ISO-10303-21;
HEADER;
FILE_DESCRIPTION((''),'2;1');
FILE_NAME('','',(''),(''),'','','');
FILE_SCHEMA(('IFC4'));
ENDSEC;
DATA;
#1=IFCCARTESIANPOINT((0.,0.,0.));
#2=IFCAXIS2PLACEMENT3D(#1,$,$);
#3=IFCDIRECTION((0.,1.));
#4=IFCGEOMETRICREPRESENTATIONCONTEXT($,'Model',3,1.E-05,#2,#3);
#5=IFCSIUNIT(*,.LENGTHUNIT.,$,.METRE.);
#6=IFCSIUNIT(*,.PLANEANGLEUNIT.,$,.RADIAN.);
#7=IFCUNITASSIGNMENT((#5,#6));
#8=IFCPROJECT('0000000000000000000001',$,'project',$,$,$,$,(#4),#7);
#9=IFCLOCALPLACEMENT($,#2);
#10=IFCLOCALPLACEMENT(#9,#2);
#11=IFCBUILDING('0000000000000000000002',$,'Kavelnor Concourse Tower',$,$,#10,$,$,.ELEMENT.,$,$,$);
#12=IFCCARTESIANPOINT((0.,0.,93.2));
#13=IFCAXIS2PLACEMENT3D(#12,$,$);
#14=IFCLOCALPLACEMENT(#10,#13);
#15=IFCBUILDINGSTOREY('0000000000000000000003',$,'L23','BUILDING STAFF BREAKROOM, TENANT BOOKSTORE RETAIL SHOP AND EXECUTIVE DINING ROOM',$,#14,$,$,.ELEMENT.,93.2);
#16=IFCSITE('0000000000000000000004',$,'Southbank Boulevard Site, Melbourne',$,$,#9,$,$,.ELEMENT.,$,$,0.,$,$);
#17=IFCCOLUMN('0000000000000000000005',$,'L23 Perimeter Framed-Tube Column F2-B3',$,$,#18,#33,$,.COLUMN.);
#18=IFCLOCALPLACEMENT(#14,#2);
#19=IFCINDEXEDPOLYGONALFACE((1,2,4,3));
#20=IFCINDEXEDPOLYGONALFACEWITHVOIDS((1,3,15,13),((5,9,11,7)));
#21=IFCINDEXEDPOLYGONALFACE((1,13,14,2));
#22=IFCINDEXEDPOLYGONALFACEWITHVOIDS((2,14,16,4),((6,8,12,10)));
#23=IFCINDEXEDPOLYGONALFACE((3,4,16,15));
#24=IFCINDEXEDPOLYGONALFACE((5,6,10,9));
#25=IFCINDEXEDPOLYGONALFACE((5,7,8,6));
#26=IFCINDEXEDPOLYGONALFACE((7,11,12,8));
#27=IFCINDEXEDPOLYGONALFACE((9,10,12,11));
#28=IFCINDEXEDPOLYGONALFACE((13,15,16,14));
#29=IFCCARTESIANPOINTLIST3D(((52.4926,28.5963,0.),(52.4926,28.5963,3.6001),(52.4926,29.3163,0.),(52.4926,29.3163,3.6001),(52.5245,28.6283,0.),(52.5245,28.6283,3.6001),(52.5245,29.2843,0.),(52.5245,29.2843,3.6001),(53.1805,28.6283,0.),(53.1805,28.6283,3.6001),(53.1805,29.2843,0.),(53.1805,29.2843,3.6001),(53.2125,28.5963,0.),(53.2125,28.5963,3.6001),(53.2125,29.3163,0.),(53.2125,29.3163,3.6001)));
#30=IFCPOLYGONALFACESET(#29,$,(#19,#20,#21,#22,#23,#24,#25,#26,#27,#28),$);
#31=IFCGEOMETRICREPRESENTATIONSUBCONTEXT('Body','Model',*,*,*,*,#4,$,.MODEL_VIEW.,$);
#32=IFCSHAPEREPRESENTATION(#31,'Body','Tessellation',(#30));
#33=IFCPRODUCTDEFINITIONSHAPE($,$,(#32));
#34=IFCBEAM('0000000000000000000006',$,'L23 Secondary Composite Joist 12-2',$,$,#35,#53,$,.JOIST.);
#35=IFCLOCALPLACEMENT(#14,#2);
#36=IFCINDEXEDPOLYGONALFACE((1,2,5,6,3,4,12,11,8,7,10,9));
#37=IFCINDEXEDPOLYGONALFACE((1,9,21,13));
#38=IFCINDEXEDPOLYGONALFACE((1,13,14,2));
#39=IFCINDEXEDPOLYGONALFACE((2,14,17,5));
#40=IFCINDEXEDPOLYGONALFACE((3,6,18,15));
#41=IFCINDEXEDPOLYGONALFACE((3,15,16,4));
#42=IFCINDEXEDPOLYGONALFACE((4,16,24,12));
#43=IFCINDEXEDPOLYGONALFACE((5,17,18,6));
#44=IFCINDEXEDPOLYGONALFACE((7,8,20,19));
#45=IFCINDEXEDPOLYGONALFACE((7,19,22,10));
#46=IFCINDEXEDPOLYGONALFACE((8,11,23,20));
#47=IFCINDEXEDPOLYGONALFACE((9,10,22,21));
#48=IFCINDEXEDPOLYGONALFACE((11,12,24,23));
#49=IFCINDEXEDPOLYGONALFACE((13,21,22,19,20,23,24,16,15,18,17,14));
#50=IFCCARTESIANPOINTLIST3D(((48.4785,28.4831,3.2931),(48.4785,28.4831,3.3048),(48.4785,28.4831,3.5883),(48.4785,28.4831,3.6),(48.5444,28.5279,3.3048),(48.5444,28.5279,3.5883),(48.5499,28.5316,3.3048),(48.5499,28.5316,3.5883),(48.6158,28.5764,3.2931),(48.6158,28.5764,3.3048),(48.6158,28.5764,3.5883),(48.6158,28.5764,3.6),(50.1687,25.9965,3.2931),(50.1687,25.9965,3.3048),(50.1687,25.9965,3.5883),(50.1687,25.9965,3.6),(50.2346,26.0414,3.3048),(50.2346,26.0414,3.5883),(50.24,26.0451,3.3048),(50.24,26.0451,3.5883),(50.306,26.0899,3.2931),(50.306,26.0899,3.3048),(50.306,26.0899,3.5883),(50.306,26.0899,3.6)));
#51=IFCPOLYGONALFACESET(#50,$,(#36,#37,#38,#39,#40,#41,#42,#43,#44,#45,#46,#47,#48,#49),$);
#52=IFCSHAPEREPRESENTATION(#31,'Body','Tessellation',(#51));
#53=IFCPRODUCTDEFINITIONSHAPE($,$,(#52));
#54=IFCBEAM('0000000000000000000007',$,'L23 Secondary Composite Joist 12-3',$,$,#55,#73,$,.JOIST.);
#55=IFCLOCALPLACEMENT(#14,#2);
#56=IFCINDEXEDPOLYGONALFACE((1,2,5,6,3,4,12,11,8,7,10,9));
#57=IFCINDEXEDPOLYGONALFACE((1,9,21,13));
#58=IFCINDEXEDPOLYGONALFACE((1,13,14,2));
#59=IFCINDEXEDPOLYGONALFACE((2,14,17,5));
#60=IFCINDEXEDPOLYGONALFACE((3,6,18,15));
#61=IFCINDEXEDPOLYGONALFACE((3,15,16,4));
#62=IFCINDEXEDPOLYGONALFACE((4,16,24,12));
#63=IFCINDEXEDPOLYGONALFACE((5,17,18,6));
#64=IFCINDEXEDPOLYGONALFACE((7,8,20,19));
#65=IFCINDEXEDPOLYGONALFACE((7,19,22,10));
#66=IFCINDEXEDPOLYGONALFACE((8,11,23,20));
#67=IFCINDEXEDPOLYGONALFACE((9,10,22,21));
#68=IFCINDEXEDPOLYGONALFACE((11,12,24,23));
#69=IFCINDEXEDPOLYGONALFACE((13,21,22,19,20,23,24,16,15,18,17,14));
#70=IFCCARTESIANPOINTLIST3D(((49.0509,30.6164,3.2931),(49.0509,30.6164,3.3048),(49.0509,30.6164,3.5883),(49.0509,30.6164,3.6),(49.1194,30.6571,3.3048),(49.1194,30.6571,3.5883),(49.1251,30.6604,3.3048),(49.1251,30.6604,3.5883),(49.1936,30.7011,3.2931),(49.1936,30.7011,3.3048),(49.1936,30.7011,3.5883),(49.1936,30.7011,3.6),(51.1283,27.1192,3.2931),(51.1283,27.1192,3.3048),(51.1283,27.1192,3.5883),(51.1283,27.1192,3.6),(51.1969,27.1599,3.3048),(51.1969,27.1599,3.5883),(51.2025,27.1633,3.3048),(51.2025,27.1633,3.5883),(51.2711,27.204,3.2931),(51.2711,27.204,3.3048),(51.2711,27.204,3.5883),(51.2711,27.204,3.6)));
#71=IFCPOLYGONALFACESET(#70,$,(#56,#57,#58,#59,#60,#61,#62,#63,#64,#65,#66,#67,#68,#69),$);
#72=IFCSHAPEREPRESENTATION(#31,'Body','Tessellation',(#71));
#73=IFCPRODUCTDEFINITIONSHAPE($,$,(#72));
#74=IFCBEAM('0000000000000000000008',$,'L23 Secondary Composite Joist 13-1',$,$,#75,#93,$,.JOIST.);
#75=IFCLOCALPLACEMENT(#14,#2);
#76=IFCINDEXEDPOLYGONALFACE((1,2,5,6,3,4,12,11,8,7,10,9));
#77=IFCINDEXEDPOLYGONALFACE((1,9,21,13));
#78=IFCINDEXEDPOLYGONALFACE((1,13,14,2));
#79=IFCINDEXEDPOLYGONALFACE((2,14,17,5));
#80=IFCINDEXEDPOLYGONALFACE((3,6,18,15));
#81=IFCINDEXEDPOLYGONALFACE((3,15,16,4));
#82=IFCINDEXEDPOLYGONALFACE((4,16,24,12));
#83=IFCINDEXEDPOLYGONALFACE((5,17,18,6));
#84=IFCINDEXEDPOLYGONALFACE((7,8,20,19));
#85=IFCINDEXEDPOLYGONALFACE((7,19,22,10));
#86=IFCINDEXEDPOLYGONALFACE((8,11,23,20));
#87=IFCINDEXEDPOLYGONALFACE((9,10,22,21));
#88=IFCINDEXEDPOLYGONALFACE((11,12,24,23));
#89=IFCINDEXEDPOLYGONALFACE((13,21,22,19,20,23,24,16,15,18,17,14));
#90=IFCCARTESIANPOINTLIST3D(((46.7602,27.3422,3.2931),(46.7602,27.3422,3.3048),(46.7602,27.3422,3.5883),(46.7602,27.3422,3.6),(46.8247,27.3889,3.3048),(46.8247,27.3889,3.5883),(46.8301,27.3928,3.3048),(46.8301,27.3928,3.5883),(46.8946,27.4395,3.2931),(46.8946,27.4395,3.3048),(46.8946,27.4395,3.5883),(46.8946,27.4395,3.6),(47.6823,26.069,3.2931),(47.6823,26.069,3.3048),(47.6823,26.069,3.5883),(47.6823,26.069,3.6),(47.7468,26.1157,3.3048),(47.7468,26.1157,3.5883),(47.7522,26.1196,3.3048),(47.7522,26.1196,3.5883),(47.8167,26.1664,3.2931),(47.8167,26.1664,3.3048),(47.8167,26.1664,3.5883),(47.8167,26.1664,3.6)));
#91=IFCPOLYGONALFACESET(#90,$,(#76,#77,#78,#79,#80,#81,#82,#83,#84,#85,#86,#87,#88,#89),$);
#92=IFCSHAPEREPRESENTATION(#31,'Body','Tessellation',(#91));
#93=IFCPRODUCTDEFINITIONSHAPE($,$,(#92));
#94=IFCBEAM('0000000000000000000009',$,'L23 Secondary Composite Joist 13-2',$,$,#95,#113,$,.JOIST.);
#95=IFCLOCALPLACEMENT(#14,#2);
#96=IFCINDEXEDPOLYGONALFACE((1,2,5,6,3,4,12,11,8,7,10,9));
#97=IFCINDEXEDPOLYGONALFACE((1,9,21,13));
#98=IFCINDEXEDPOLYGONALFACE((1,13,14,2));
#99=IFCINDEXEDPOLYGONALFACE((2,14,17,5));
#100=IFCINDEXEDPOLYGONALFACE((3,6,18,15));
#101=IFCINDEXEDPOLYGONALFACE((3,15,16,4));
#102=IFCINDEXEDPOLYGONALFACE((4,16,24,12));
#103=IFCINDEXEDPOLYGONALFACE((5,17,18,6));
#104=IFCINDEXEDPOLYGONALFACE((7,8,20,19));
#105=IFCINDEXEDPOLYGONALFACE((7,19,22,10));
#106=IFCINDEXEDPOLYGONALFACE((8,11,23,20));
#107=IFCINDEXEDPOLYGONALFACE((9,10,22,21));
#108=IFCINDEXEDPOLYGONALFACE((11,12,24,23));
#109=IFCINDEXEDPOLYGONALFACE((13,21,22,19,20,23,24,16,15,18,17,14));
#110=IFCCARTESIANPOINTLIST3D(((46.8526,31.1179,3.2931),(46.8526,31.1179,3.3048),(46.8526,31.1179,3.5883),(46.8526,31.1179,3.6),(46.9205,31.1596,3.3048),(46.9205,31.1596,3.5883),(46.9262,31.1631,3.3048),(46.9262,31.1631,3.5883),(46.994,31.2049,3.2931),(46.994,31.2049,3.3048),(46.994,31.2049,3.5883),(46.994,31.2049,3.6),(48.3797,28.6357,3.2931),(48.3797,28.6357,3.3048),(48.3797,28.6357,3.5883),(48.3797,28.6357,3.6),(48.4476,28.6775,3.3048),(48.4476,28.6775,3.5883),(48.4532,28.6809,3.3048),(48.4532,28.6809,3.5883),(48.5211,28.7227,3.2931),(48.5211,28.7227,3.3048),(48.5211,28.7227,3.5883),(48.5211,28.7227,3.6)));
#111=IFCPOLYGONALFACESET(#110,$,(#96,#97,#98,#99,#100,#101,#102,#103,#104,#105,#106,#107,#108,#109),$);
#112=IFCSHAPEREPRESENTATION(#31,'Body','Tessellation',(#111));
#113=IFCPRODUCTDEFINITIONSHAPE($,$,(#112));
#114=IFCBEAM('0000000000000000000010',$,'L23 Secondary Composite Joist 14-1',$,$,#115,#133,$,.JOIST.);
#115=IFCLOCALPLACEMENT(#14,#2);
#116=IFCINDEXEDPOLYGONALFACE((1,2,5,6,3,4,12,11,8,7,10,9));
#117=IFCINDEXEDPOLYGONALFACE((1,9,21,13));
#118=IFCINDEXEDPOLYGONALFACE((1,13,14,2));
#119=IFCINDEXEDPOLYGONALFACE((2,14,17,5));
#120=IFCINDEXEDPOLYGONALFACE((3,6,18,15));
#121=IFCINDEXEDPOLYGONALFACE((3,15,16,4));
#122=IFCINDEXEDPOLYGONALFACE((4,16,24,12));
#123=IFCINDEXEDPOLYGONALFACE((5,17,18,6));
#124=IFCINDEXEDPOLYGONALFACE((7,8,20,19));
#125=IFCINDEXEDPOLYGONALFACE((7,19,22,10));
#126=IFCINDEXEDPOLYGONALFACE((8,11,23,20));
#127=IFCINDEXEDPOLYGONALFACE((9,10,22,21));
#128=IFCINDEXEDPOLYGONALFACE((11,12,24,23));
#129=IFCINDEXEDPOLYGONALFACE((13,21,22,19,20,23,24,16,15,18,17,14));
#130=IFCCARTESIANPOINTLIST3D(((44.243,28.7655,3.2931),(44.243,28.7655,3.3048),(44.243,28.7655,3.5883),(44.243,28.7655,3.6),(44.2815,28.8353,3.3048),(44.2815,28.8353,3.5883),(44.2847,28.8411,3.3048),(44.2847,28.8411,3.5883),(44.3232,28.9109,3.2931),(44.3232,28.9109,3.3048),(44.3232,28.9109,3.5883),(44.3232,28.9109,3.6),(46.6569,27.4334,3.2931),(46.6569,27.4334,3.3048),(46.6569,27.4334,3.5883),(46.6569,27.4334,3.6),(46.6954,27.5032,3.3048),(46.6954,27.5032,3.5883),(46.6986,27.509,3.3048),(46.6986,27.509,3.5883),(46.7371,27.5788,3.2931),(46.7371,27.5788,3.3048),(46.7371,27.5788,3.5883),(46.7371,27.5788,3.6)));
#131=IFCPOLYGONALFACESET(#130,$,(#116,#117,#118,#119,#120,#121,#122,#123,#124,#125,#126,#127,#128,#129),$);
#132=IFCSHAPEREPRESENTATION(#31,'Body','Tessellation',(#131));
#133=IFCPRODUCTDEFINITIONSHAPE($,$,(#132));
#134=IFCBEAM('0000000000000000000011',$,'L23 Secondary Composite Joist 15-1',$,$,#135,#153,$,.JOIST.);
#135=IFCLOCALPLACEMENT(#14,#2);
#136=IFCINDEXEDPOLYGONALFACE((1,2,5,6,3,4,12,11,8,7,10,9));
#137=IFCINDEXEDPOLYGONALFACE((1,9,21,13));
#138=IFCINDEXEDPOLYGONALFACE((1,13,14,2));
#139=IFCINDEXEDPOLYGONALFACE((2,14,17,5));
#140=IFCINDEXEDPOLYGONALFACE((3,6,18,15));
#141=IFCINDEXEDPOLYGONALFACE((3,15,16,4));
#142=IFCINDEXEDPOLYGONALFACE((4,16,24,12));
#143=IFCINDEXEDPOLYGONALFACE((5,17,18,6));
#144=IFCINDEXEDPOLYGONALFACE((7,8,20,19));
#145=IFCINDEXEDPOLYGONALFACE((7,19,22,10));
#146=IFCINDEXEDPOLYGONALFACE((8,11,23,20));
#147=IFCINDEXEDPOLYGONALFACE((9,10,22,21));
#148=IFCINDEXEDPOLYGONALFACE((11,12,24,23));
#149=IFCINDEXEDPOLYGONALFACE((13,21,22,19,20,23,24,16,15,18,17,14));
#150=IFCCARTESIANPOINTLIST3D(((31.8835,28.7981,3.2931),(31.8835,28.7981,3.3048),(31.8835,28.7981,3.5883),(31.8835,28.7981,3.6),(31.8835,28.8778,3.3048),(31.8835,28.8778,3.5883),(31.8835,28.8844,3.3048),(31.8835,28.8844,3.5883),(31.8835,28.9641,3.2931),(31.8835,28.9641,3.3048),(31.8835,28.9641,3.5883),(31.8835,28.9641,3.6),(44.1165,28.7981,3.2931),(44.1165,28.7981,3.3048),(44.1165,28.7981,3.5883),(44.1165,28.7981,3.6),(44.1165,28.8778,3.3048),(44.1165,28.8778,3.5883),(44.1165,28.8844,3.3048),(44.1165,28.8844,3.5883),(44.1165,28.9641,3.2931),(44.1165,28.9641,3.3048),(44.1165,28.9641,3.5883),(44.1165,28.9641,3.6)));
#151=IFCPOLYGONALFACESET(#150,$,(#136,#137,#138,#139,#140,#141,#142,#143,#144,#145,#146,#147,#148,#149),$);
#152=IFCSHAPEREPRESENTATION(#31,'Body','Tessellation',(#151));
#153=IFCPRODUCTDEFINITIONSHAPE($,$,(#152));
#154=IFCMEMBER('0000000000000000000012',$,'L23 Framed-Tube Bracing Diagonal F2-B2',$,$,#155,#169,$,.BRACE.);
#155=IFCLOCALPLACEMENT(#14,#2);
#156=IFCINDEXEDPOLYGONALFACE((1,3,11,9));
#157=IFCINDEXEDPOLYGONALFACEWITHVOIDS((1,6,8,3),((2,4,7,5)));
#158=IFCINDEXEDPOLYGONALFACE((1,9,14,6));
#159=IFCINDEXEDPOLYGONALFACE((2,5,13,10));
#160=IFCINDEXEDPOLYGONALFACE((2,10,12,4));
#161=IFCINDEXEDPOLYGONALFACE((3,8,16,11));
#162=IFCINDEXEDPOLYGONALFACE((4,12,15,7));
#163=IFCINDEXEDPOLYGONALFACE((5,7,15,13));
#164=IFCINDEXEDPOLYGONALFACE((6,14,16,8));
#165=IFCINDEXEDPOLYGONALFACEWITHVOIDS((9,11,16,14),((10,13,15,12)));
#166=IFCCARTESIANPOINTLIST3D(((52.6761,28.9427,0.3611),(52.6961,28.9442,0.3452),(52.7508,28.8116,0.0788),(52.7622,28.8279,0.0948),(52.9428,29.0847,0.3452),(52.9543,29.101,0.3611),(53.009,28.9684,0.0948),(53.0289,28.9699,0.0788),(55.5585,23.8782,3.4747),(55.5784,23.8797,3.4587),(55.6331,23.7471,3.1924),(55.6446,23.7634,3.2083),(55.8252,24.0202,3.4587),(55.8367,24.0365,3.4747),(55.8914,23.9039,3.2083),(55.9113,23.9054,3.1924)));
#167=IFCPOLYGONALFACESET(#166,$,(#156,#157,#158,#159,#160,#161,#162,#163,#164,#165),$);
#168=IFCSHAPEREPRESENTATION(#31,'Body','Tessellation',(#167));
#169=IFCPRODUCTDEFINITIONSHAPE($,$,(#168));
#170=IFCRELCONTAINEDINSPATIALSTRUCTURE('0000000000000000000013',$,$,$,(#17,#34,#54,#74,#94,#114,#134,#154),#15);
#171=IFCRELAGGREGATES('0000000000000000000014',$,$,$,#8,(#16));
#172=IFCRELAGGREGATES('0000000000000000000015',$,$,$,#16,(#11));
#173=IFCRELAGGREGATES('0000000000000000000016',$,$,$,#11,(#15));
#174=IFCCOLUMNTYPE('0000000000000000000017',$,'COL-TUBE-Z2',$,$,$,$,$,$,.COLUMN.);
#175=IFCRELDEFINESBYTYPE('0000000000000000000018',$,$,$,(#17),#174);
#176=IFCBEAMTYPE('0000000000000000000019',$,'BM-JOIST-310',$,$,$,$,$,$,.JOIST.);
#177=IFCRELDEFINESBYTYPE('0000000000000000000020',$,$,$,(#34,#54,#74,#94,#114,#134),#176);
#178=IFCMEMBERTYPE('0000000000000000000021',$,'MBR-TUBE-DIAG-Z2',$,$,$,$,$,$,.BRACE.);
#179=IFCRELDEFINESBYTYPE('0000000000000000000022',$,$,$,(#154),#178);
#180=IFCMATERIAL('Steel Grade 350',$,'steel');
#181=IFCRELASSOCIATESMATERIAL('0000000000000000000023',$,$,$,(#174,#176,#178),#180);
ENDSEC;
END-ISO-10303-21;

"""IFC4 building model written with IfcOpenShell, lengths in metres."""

from ifc_helpers import new_model, si_unit, direction, frame, origin, origin_2d, place, context, subcontext, project, spatial, hollow_rectangle, i_section, extrude, material, material_profile, profile_set, type_object, element, save


model = new_model("IFC4")

# Units and contexts
model_context = context("Model", 3, precision=1e-05, world=origin(), true_north=direction((0.0, 1.0)))
body_context = subcontext(model_context, "Body", "Model", "MODEL_VIEW")
ifc_project = project(units=[si_unit("LENGTHUNIT", "METRE"), si_unit("PLANEANGLEUNIT", "RADIAN")], contexts=[model_context])

# Site, building, storey
site_placement = place(None, origin())
site = spatial("IfcSite", under=ifc_project, at=site_placement, Name="Southbank Boulevard Site, Melbourne", CompositionType="ELEMENT", RefElevation=0.0)
building_placement = place(site_placement, origin())
building = spatial("IfcBuilding", under=site, at=building_placement, Name="Kavelnor Concourse Tower", CompositionType="ELEMENT")
storey_placement = place(building_placement, frame((0.0, 0.0, 93.2)))
storey = spatial("IfcBuildingStorey", under=building, at=storey_placement, Name="L23", Description="BUILDING STAFF BREAKROOM, TENANT BOOKSTORE RETAIL SHOP AND EXECUTIVE DINING ROOM", CompositionType="ELEMENT", Elevation=93.2)

# Column
ifc_material_1 = material(Name="Steel Grade 350", Category="steel")
ifc_material_profile_1 = material_profile(ifc_material_1, hollow_rectangle(XDim=0.72, YDim=0.72, WallThickness=0.032, at=origin_2d()), Name="SHS 720x720x32")
ifc_profile_set_1 = profile_set([ifc_material_profile_1], Name="Steel Grade 350")
column_type = type_object("IfcColumnType", Name="COL-TUBE-Z2", PredefinedType="COLUMN", material=ifc_profile_set_1)
column_placement = place(storey_placement, frame((52.8525, 28.9563, 0.0), z_axis=(0.0, 0.0, 1.0), x_axis=(1.0, 0.0, 0.0)))
element("IfcColumn", 1, at=column_placement, inside=storey, type_object=column_type, Name="L23 Perimeter Framed-Tube Column F2-B3", PredefinedType="COLUMN", context=body_context, shape_type="SweptSolid", body=[
    extrude(hollow_rectangle(XDim=0.72, YDim=0.72, WallThickness=0.032, at=origin_2d()), origin(), (0.0, 0.0, 1.0), 3.6001),
])

# Beams
ifc_material_profile_2 = material_profile(ifc_material_1, i_section(OverallWidth=0.166, OverallDepth=0.3069, WebThickness=0.0066, FlangeThickness=0.0117, at=origin_2d()), Name="310UB46")
ifc_profile_set_2 = profile_set([ifc_material_profile_2], Name="Steel Grade 350")
beam_type = type_object("IfcBeamType", Name="BM-JOIST-310", PredefinedType="JOIST", material=ifc_profile_set_2)
beam_1_placement = place(storey_placement, frame((50.2373, 26.0432, 3.4465), z_axis=(-0.562155, 0.827032, 0.0), x_axis=(-0.827032, -0.562155, 0.0)))
element("IfcBeam", 2, at=beam_1_placement, inside=storey, type_object=beam_type, Name="L23 Secondary Composite Joist 12-2", PredefinedType="JOIST", context=body_context, shape_type="SweptSolid", body=[
    extrude(i_section(OverallWidth=0.166, OverallDepth=0.3069, WebThickness=0.0066, FlangeThickness=0.0117, at=origin_2d()), origin(), (0.0, 0.0, 1.0), 3.0066),
])
beam_2_placement = place(storey_placement, frame((51.1997, 27.1616, 3.4465), z_axis=(-0.510722, 0.859746, 0.0), x_axis=(-0.859746, -0.510722, 0.0)))
element("IfcBeam", 3, at=beam_2_placement, inside=storey, type_object=beam_type, Name="L23 Secondary Composite Joist 12-3", PredefinedType="JOIST", context=body_context, shape_type="SweptSolid", body=[
    extrude(i_section(OverallWidth=0.166, OverallDepth=0.3069, WebThickness=0.0066, FlangeThickness=0.0117, at=origin_2d()), origin(), (0.0, 0.0, 1.0), 4.0676),
])
beam_3_placement = place(storey_placement, frame((47.7495, 26.1177, 3.4465), z_axis=(-0.586573, 0.809896, 0.0), x_axis=(-0.809896, -0.586573, 0.0)))
element("IfcBeam", 4, at=beam_3_placement, inside=storey, type_object=beam_type, Name="L23 Secondary Composite Joist 13-1", PredefinedType="JOIST", context=body_context, shape_type="SweptSolid", body=[
    extrude(i_section(OverallWidth=0.166, OverallDepth=0.3069, WebThickness=0.0066, FlangeThickness=0.0117, at=origin_2d()), origin(), (0.0, 0.0, 1.0), 1.572),
])
beam_4_placement = place(storey_placement, frame((48.4504, 28.6792, 3.4465), z_axis=(-0.523999, 0.851719, 0.0), x_axis=(-0.851719, -0.523999, 0.0)))
element("IfcBeam", 5, at=beam_4_placement, inside=storey, type_object=beam_type, Name="L23 Secondary Composite Joist 13-2", PredefinedType="JOIST", context=body_context, shape_type="SweptSolid", body=[
    extrude(i_section(OverallWidth=0.166, OverallDepth=0.3069, WebThickness=0.0066, FlangeThickness=0.0117, at=origin_2d()), origin(), (0.0, 0.0, 1.0), 2.9143),
])
beam_5_placement = place(storey_placement, frame((46.697, 27.5061, 3.4465), z_axis=(-0.875536, 0.483152, 0.0), x_axis=(-0.483152, -0.875536, 0.0)))
element("IfcBeam", 6, at=beam_5_placement, inside=storey, type_object=beam_type, Name="L23 Secondary Composite Joist 14-1", PredefinedType="JOIST", context=body_context, shape_type="SweptSolid", body=[
    extrude(i_section(OverallWidth=0.166, OverallDepth=0.3069, WebThickness=0.0066, FlangeThickness=0.0117, at=origin_2d()), origin(), (0.0, 0.0, 1.0), 2.7571),
])
beam_6_placement = place(storey_placement, frame((44.1165, 28.8811, 3.4465), z_axis=(-1.0, 0.0, 0.0), x_axis=(0.0, -1.0, 0.0)))
element("IfcBeam", 7, at=beam_6_placement, inside=storey, type_object=beam_type, Name="L23 Secondary Composite Joist 15-1", PredefinedType="JOIST", context=body_context, shape_type="SweptSolid", body=[
    extrude(i_section(OverallWidth=0.166, OverallDepth=0.3069, WebThickness=0.0066, FlangeThickness=0.0117, at=origin_2d()), origin(), (0.0, 0.0, 1.0), 12.2329),
])

# Member
ifc_material_profile_3 = material_profile(ifc_material_1, hollow_rectangle(XDim=0.3201, YDim=0.3201, WallThickness=0.0181, at=origin_2d()), Name="SHS 320x320x18")
ifc_profile_set_3 = profile_set([ifc_material_profile_3], Name="Steel Grade 350")
member_type = type_object("IfcMemberType", Name="MBR-TUBE-DIAG-Z2", PredefinedType="BRACE", material=ifc_profile_set_3)
member_placement = place(storey_placement, frame((52.8525, 28.9563, 0.22), z_axis=(0.436263, -0.766545, 0.471257), x_axis=(0.869103, 0.494631, 0.0)))
element("IfcMember", 8, at=member_placement, inside=storey, type_object=member_type, Name="L23 Framed-Tube Bracing Diagonal F2-B2", PredefinedType="BRACE", context=body_context, shape_type="SweptSolid", body=[
    extrude(hollow_rectangle(XDim=0.3201, YDim=0.3201, WallThickness=0.0181, at=origin_2d()), origin(), (0.0, 0.0, 1.0), 6.6069),
])

save(model, "model.ifc")
